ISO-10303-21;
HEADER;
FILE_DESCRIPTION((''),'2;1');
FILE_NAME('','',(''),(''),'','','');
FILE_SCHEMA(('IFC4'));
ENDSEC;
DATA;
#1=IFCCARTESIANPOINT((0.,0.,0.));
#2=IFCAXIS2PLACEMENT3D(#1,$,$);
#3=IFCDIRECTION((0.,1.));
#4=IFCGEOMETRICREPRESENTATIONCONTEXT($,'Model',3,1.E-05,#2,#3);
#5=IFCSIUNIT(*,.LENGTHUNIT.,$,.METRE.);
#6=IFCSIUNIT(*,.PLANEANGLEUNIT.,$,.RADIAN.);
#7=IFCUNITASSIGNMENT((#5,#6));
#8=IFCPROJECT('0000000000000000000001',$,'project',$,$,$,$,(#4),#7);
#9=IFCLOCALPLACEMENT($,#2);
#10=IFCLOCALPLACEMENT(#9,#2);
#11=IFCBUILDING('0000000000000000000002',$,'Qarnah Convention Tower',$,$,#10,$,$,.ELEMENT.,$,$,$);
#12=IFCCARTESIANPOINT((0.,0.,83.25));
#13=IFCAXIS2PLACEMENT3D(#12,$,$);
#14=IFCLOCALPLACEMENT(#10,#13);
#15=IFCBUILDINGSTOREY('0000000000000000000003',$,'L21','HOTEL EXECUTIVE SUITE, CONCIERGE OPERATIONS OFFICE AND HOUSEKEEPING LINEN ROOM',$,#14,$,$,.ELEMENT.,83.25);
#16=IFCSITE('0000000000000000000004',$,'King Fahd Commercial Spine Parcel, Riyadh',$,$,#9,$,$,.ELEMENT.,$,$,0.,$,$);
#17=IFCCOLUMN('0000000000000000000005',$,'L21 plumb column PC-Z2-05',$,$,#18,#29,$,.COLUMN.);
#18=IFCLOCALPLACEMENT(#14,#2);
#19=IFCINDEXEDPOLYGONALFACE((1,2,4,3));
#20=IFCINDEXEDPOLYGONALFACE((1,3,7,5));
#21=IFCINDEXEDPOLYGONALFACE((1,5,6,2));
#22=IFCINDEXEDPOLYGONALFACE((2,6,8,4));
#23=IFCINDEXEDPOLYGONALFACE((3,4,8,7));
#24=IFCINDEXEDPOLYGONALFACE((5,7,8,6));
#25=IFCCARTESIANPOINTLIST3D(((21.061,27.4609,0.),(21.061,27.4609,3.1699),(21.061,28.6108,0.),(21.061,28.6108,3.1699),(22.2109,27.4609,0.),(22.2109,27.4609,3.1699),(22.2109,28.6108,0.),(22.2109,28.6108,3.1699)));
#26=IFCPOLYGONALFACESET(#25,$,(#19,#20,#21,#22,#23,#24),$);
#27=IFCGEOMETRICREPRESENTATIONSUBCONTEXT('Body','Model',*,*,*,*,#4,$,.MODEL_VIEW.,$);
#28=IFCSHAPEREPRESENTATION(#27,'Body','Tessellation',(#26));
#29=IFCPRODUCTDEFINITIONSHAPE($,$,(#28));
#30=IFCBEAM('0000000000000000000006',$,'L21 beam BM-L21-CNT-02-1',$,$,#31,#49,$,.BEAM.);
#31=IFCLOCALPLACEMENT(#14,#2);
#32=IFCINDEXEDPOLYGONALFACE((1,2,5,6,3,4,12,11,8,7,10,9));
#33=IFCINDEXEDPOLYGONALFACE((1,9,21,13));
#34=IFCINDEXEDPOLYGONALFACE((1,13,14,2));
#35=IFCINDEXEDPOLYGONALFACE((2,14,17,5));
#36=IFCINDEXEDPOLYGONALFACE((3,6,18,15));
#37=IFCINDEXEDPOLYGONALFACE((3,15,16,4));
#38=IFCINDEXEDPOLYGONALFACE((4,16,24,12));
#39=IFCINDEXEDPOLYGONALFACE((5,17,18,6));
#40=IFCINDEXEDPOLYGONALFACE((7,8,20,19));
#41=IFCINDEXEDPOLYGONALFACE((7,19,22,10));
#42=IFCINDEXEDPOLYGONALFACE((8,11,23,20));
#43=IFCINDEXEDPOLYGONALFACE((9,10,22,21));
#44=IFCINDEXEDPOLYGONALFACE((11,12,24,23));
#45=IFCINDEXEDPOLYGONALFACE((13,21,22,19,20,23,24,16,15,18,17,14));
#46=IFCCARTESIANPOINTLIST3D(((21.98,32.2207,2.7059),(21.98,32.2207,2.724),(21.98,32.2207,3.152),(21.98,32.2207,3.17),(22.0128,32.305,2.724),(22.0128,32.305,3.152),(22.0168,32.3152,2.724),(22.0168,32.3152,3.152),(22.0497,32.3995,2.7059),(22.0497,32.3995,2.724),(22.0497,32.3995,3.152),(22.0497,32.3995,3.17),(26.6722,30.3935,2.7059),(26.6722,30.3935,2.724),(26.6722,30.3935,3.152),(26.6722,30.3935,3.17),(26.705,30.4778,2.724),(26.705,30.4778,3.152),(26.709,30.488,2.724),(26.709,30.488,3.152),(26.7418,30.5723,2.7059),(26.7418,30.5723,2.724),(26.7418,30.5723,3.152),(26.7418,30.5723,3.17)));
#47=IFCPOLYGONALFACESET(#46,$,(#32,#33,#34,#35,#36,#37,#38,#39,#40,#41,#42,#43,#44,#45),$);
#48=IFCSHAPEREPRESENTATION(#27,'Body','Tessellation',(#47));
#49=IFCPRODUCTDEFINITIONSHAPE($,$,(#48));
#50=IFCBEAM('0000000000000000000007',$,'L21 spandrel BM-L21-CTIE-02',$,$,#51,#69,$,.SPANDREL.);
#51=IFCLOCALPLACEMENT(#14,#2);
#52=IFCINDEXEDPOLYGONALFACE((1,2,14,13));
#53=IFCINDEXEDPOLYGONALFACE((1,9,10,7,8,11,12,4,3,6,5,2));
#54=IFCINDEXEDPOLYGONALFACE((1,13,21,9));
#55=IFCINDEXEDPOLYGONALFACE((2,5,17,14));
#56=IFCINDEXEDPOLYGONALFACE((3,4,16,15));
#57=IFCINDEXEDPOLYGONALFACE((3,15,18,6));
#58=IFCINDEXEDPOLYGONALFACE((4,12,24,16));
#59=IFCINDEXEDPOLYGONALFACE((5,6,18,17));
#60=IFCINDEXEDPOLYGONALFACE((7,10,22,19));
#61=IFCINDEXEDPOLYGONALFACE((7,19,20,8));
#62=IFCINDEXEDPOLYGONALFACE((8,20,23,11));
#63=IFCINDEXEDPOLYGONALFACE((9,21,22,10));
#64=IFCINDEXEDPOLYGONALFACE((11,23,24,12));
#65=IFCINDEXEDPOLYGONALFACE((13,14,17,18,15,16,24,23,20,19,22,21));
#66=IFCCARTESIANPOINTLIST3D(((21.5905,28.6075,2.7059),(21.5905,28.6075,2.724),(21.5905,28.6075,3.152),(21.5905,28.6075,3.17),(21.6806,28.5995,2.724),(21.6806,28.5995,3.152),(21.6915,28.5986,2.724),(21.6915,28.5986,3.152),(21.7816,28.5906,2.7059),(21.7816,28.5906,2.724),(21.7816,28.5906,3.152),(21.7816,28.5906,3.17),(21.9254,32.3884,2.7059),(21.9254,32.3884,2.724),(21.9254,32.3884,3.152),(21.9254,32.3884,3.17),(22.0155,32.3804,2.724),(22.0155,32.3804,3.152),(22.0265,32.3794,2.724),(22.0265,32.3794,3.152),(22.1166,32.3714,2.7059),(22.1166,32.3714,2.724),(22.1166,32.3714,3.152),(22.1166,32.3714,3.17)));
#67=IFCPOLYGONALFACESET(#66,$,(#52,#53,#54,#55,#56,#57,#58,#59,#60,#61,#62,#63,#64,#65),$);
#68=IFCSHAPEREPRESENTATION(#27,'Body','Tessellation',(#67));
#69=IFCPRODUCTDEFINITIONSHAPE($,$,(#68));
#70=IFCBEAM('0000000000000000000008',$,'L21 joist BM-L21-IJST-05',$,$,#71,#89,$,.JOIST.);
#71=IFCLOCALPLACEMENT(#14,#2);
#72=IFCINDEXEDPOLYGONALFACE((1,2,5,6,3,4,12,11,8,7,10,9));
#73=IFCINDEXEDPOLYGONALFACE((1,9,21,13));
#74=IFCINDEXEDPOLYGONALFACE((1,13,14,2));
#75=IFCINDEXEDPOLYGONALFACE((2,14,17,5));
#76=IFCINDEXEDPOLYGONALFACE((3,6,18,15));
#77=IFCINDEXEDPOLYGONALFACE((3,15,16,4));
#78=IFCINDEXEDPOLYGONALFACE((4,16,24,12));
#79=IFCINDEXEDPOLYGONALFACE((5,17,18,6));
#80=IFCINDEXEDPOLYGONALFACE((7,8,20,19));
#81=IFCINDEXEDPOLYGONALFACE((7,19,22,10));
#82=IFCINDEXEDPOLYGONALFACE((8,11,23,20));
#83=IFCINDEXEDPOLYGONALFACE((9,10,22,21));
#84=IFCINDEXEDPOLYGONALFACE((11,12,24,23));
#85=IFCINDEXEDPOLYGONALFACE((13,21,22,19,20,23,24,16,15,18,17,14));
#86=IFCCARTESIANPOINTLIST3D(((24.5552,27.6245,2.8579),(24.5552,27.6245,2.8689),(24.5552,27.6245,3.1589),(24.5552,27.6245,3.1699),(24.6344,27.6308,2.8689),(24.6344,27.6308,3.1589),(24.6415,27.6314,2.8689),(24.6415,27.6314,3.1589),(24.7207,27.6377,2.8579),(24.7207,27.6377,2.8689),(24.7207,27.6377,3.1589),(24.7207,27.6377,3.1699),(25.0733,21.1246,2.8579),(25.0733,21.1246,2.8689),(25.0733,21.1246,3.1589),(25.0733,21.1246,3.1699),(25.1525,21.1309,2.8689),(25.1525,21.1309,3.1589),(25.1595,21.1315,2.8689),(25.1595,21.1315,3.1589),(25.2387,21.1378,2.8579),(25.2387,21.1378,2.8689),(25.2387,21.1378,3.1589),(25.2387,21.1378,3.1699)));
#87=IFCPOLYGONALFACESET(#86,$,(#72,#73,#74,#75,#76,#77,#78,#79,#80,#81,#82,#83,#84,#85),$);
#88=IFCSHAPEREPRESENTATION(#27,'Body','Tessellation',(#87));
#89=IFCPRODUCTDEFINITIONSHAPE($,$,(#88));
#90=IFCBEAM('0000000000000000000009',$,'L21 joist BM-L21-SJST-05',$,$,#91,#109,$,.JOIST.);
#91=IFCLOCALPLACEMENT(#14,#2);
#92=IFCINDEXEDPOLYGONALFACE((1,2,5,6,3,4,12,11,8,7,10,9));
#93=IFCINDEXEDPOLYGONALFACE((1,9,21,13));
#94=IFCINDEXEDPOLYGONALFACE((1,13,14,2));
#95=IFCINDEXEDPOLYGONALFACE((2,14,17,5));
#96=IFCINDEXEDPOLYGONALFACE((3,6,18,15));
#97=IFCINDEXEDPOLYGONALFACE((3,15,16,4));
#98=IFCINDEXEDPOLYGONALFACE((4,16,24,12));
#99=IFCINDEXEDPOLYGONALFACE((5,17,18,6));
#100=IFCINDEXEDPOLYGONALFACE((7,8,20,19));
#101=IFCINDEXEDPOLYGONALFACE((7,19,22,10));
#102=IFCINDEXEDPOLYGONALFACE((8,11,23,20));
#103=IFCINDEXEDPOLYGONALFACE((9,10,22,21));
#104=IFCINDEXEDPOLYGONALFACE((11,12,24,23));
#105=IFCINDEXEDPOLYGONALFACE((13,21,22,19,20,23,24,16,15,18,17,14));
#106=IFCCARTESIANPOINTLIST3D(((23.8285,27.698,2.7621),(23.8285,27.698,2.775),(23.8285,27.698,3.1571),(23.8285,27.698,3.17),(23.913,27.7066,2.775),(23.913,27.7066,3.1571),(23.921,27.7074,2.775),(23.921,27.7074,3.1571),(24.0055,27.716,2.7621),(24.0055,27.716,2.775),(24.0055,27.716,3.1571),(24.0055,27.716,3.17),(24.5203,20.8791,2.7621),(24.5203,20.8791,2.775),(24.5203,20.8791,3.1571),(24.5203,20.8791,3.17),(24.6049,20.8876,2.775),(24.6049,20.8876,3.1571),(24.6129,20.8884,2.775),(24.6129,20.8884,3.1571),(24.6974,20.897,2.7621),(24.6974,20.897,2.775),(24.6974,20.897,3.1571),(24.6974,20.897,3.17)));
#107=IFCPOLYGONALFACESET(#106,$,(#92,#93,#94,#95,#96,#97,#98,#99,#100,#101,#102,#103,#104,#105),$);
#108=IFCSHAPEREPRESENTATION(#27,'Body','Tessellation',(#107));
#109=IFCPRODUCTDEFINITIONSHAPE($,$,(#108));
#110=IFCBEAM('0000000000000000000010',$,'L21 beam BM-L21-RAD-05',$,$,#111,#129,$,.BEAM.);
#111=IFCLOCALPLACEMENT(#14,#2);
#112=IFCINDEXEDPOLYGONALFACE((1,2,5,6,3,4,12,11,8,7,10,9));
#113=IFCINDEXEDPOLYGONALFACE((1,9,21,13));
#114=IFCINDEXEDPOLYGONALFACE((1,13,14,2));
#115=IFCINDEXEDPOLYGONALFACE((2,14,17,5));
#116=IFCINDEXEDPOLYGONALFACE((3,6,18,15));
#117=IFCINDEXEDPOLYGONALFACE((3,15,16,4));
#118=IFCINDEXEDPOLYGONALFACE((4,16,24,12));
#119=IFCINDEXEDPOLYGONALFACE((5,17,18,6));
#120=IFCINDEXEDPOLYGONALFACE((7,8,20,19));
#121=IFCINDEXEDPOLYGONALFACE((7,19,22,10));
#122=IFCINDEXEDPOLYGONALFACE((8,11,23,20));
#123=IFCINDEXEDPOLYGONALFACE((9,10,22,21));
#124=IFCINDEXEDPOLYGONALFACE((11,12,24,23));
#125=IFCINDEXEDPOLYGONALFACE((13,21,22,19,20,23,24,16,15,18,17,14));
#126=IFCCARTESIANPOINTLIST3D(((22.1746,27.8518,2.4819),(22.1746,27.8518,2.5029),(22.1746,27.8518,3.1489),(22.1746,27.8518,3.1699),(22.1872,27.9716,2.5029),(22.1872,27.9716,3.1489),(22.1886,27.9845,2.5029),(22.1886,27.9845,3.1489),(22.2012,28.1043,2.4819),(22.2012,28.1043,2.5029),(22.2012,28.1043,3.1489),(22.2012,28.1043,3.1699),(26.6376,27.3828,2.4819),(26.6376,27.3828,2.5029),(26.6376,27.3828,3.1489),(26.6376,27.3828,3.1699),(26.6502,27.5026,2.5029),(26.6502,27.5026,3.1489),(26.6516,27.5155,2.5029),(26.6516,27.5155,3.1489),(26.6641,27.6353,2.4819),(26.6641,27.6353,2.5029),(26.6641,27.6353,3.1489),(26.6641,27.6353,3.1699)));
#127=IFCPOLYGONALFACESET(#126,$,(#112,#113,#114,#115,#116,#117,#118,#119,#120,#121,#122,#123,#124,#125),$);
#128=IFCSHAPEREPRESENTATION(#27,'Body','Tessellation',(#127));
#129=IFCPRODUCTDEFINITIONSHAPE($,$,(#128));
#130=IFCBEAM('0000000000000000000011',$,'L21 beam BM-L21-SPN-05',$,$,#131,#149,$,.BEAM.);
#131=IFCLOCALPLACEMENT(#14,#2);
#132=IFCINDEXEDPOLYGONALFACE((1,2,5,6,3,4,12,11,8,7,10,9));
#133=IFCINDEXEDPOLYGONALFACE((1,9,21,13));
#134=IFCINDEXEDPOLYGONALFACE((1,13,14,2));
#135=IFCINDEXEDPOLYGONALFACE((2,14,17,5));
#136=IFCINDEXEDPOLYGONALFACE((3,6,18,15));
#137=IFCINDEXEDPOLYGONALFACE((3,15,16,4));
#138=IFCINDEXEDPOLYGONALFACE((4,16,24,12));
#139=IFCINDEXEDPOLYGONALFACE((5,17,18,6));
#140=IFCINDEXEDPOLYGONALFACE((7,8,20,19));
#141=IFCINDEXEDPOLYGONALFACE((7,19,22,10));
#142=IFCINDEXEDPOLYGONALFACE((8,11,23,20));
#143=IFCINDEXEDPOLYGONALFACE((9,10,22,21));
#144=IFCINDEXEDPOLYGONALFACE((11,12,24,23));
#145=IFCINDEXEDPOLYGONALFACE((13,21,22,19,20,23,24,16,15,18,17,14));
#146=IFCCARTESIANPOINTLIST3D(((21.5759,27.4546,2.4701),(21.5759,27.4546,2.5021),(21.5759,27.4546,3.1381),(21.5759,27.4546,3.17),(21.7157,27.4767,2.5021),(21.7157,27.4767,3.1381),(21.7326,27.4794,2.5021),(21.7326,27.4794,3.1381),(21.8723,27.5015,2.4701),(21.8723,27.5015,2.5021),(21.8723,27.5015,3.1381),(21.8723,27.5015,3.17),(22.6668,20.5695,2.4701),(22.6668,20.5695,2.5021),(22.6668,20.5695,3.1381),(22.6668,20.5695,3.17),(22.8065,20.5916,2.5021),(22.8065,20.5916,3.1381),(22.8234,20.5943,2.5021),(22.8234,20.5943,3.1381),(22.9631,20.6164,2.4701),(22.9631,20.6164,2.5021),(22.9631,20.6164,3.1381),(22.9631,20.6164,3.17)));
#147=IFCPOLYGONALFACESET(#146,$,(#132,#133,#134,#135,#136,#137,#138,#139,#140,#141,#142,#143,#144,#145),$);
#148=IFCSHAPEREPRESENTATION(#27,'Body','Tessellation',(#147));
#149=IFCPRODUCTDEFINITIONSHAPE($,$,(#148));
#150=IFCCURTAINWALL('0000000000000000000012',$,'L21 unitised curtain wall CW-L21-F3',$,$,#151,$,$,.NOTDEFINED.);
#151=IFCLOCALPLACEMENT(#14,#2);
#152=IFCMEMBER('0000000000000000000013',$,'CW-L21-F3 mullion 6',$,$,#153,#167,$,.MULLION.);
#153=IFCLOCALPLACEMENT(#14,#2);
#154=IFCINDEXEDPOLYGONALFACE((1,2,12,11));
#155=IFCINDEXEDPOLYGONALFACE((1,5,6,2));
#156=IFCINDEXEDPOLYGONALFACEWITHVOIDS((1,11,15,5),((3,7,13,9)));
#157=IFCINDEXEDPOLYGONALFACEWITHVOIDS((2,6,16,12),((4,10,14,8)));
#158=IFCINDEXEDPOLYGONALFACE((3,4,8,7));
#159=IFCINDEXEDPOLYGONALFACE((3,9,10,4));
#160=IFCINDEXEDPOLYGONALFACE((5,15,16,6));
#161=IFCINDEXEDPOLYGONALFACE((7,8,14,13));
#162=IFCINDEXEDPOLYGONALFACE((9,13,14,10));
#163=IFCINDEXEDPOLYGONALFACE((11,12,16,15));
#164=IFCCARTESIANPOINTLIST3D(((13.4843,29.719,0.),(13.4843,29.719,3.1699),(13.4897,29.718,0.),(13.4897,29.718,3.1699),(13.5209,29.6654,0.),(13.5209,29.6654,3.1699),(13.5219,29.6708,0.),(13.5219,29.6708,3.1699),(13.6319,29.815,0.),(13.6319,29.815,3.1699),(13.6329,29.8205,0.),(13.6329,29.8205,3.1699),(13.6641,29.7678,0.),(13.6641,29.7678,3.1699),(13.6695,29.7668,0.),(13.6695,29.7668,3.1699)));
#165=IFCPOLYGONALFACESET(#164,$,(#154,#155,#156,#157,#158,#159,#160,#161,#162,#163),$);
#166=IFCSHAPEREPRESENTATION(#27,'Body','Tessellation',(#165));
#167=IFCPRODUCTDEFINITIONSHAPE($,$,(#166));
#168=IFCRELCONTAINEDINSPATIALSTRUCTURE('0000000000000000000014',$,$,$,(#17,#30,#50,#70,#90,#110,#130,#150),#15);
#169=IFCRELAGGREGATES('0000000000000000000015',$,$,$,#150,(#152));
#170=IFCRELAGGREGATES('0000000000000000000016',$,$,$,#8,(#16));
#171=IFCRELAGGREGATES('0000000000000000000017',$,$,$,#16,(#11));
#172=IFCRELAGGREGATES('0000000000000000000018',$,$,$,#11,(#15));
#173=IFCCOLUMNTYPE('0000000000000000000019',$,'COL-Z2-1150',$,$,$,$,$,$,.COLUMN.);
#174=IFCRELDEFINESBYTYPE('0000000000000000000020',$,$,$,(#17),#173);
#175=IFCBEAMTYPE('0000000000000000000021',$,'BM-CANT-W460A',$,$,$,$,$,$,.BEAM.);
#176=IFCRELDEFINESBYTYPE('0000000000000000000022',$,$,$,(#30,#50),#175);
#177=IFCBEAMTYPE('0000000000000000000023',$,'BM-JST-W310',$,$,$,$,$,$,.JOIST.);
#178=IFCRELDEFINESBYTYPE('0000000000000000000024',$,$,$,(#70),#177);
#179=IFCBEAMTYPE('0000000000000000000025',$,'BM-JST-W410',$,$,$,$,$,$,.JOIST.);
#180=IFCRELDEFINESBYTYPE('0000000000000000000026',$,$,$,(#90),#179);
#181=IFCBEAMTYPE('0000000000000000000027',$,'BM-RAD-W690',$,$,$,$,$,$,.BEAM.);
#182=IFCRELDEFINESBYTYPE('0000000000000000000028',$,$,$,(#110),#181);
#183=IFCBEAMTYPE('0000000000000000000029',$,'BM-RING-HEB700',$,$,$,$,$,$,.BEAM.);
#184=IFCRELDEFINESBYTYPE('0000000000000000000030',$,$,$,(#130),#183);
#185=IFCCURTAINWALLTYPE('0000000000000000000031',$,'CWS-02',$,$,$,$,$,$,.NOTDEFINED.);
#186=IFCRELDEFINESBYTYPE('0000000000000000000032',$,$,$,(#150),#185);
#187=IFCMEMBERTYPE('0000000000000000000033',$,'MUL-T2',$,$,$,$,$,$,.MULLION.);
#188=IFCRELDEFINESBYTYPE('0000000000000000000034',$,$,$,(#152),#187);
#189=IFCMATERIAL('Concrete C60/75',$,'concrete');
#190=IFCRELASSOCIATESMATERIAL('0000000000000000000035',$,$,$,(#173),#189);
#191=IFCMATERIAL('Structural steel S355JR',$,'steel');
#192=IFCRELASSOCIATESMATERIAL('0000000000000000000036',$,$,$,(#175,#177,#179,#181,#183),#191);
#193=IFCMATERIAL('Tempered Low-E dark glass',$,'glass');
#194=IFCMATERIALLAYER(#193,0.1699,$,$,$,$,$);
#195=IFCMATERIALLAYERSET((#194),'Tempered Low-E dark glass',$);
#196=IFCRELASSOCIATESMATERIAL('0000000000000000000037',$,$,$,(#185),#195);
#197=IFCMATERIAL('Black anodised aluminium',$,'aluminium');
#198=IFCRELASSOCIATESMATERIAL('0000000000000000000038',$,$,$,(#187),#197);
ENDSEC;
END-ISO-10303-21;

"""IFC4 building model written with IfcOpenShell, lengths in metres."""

from ifc_helpers import new_model, si_unit, direction, frame, origin, origin_2d, place, context, subcontext, project, spatial, rectangle, hollow_rectangle, i_section, extrude, material, layer, layer_set, material_profile, profile_set, type_object, element, aggregate, save


model = new_model("IFC4")

# Units and contexts
model_context = context("Model", 3, precision=1e-05, world=origin(), true_north=direction((0.0, 1.0)))
body_context = subcontext(model_context, "Body", "Model", "MODEL_VIEW")
ifc_project = project(units=[si_unit("LENGTHUNIT", "METRE"), si_unit("PLANEANGLEUNIT", "RADIAN")], contexts=[model_context])

# Site, building, storey
site_placement = place(None, origin())
site = spatial("IfcSite", under=ifc_project, at=site_placement, Name="King Fahd Commercial Spine Parcel, Riyadh", CompositionType="ELEMENT", RefElevation=0.0)
building_placement = place(site_placement, origin())
building = spatial("IfcBuilding", under=site, at=building_placement, Name="Qarnah Convention Tower", CompositionType="ELEMENT")
storey_placement = place(building_placement, frame((0.0, 0.0, 83.25)))
storey = spatial("IfcBuildingStorey", under=building, at=storey_placement, Name="L21", Description="HOTEL EXECUTIVE SUITE, CONCIERGE OPERATIONS OFFICE AND HOUSEKEEPING LINEN ROOM", CompositionType="ELEMENT", Elevation=83.25)

# Column
ifc_material_1 = material(Name="Concrete C60/75", Category="concrete")
ifc_material_profile_1 = material_profile(ifc_material_1, rectangle(XDim=1.1499, YDim=1.1499, at=origin_2d()), Name="RC-COL-1150X1150")
ifc_profile_set_1 = profile_set([ifc_material_profile_1], Name="Concrete C60/75")
column_type = type_object("IfcColumnType", Name="COL-Z2-1150", PredefinedType="COLUMN", material=ifc_profile_set_1)
column_placement = place(storey_placement, frame((21.636, 28.0359, 0.0), z_axis=(0.0, 0.0, 1.0), x_axis=(1.0, 0.0, 0.0)))
element("IfcColumn", 1, at=column_placement, inside=storey, type_object=column_type, Name="L21 plumb column PC-Z2-05", PredefinedType="COLUMN", context=body_context, shape_type="SweptSolid", body=[
    extrude(rectangle(XDim=1.1499, YDim=1.1499, at=origin_2d()), origin(), (0.0, 0.0, 1.0), 3.1699),
])

# Beams
ifc_material_2 = material(Name="Structural steel S355JR", Category="steel")
ifc_material_profile_2 = material_profile(ifc_material_2, i_section(OverallWidth=0.1919, OverallDepth=0.4641, WebThickness=0.011, FlangeThickness=0.0181, at=origin_2d()), Name="W460X89")
ifc_profile_set_2 = profile_set([ifc_material_profile_2], Name="Structural steel S355JR")
beam_type_1 = type_object("IfcBeamType", Name="BM-CANT-W460A", PredefinedType="BEAM", material=ifc_profile_set_2)
beam_1_placement = place(storey_placement, frame((26.707, 30.4829, 2.938), z_axis=(-0.931842, 0.362865, 0.0), x_axis=(-0.362865, -0.931842, 0.0)))
element("IfcBeam", 2, at=beam_1_placement, inside=storey, type_object=beam_type_1, Name="L21 beam BM-L21-CNT-02-1", PredefinedType="BEAM", context=body_context, shape_type="SweptSolid", body=[
    extrude(i_section(OverallWidth=0.1919, OverallDepth=0.4641, WebThickness=0.011, FlangeThickness=0.0181, at=origin_2d()), origin(), (0.0, 0.0, 1.0), 5.0354),
])
beam_2_placement = place(storey_placement, frame((22.021, 32.3799, 2.938), z_axis=(-0.08825, -0.996098, 0.0), x_axis=(0.996098, -0.08825, 0.0)))
element("IfcBeam", 3, at=beam_2_placement, inside=storey, type_object=beam_type_1, Name="L21 spandrel BM-L21-CTIE-02", PredefinedType="SPANDREL", context=body_context, shape_type="SweptSolid", body=[
    extrude(i_section(OverallWidth=0.1919, OverallDepth=0.4641, WebThickness=0.011, FlangeThickness=0.0181, at=origin_2d()), origin(), (0.0, 0.0, 1.0), 3.7957),
])
ifc_material_profile_3 = material_profile(ifc_material_2, i_section(OverallWidth=0.166, OverallDepth=0.312, WebThickness=0.0071, FlangeThickness=0.011, at=origin_2d()), Name="W310X45")
ifc_profile_set_3 = profile_set([ifc_material_profile_3], Name="Structural steel S355JR")
beam_type_2 = type_object("IfcBeamType", Name="BM-JST-W310", PredefinedType="JOIST", material=ifc_profile_set_3)
beam_3_placement = place(storey_placement, frame((24.6379, 27.6311, 3.0139), z_axis=(0.079451, -0.996839, 0.0), x_axis=(0.996839, 0.079451, 0.0)))
element("IfcBeam", 4, at=beam_3_placement, inside=storey, type_object=beam_type_2, Name="L21 joist BM-L21-IJST-05", PredefinedType="JOIST", context=body_context, shape_type="SweptSolid", body=[
    extrude(i_section(OverallWidth=0.166, OverallDepth=0.312, WebThickness=0.0071, FlangeThickness=0.011, at=origin_2d()), origin(), (0.0, 0.0, 1.0), 6.5205),
])
ifc_material_profile_4 = material_profile(ifc_material_2, i_section(OverallWidth=0.178, OverallDepth=0.408, WebThickness=0.0081, FlangeThickness=0.0129, at=origin_2d()), Name="W410X60")
ifc_profile_set_4 = profile_set([ifc_material_profile_4], Name="Structural steel S355JR")
beam_type_3 = type_object("IfcBeamType", Name="BM-JST-W410", PredefinedType="JOIST", material=ifc_profile_set_4)
beam_4_placement = place(storey_placement, frame((23.917, 27.707, 2.9661), z_axis=(0.100946, -0.994892, 0.0), x_axis=(0.994892, 0.100946, 0.0)))
element("IfcBeam", 5, at=beam_4_placement, inside=storey, type_object=beam_type_3, Name="L21 joist BM-L21-SJST-05", PredefinedType="JOIST", context=body_context, shape_type="SweptSolid", body=[
    extrude(i_section(OverallWidth=0.178, OverallDepth=0.408, WebThickness=0.0081, FlangeThickness=0.0129, at=origin_2d()), origin(), (0.0, 0.0, 1.0), 6.854),
])
ifc_material_profile_5 = material_profile(ifc_material_2, i_section(OverallWidth=0.2539, OverallDepth=0.688, WebThickness=0.0129, FlangeThickness=0.021, at=origin_2d()), Name="W690X152")
ifc_profile_set_5 = profile_set([ifc_material_profile_5], Name="Structural steel S355JR")
beam_type_4 = type_object("IfcBeamType", Name="BM-RAD-W690", PredefinedType="BEAM", material=ifc_profile_set_5)
beam_5_placement = place(storey_placement, frame((26.6509, 27.509, 2.8259), z_axis=(-0.994524, 0.104512, 0.0), x_axis=(-0.104512, -0.994524, 0.0)))
element("IfcBeam", 6, at=beam_5_placement, inside=storey, type_object=beam_type_4, Name="L21 beam BM-L21-RAD-05", PredefinedType="BEAM", context=body_context, shape_type="SweptSolid", body=[
    extrude(i_section(OverallWidth=0.2539, OverallDepth=0.688, WebThickness=0.0129, FlangeThickness=0.021, at=origin_2d()), origin(), (0.0, 0.0, 1.0), 4.4875),
])
ifc_material_profile_6 = material_profile(ifc_material_2, i_section(OverallWidth=0.3, OverallDepth=0.7, WebThickness=0.0171, FlangeThickness=0.032, at=origin_2d()), Name="HEB700")
ifc_profile_set_6 = profile_set([ifc_material_profile_6], Name="Structural steel S355JR")
beam_type_5 = type_object("IfcBeamType", Name="BM-RING-HEB700", PredefinedType="BEAM", material=ifc_profile_set_6)
beam_6_placement = place(storey_placement, frame((21.7241, 27.478, 2.8201), z_axis=(0.156482, -0.987681, 0.0), x_axis=(0.987681, 0.156482, 0.0)))
element("IfcBeam", 7, at=beam_6_placement, inside=storey, type_object=beam_type_5, Name="L21 beam BM-L21-SPN-05", PredefinedType="BEAM", context=body_context, shape_type="SweptSolid", body=[
    extrude(i_section(OverallWidth=0.3, OverallDepth=0.7, WebThickness=0.0171, FlangeThickness=0.032, at=origin_2d()), origin(), (0.0, 0.0, 1.0), 6.9709),
])

# Curtain wall, member
ifc_material_3 = material(Name="Tempered Low-E dark glass", Category="glass")
ifc_layer_1 = layer(ifc_material_3, 0.1699)
ifc_layer_set_1 = layer_set([ifc_layer_1], Name="Tempered Low-E dark glass")
curtain_wall_type = type_object("IfcCurtainWallType", Name="CWS-02", PredefinedType="NOTDEFINED", material=ifc_layer_set_1)
curtain_wall_placement = place(storey_placement, origin())
curtain_wall = element("IfcCurtainWall", 8, at=curtain_wall_placement, inside=storey, type_object=curtain_wall_type, Name="L21 unitised curtain wall CW-L21-F3", PredefinedType="NOTDEFINED")
ifc_material_4 = material(Name="Black anodised aluminium", Category="aluminium")
ifc_material_profile_7 = material_profile(ifc_material_4, hollow_rectangle(XDim=0.0649, YDim=0.1799, WallThickness=0.0039, at=origin_2d()), Name="MUL-65X180")
ifc_profile_set_7 = profile_set([ifc_material_profile_7], Name="Black anodised aluminium")
member_type = type_object("IfcMemberType", Name="MUL-T2", PredefinedType="MULLION", material=ifc_profile_set_7)
member_placement = place(storey_placement, frame((13.5769, 29.7429, 0.0), z_axis=(0.0, 0.0, 1.0), x_axis=(-0.563812, 0.825903, 0.0)))
member = element("IfcMember", 9, at=member_placement, type_object=member_type, Name="CW-L21-F3 mullion 6", PredefinedType="MULLION", context=body_context, shape_type="SweptSolid", body=[
    extrude(hollow_rectangle(XDim=0.0649, YDim=0.1799, WallThickness=0.0039, at=origin_2d()), origin(), (0.0, 0.0, 1.0), 3.1699),
])
aggregate(curtain_wall, [member])

save(model, "model.ifc")
